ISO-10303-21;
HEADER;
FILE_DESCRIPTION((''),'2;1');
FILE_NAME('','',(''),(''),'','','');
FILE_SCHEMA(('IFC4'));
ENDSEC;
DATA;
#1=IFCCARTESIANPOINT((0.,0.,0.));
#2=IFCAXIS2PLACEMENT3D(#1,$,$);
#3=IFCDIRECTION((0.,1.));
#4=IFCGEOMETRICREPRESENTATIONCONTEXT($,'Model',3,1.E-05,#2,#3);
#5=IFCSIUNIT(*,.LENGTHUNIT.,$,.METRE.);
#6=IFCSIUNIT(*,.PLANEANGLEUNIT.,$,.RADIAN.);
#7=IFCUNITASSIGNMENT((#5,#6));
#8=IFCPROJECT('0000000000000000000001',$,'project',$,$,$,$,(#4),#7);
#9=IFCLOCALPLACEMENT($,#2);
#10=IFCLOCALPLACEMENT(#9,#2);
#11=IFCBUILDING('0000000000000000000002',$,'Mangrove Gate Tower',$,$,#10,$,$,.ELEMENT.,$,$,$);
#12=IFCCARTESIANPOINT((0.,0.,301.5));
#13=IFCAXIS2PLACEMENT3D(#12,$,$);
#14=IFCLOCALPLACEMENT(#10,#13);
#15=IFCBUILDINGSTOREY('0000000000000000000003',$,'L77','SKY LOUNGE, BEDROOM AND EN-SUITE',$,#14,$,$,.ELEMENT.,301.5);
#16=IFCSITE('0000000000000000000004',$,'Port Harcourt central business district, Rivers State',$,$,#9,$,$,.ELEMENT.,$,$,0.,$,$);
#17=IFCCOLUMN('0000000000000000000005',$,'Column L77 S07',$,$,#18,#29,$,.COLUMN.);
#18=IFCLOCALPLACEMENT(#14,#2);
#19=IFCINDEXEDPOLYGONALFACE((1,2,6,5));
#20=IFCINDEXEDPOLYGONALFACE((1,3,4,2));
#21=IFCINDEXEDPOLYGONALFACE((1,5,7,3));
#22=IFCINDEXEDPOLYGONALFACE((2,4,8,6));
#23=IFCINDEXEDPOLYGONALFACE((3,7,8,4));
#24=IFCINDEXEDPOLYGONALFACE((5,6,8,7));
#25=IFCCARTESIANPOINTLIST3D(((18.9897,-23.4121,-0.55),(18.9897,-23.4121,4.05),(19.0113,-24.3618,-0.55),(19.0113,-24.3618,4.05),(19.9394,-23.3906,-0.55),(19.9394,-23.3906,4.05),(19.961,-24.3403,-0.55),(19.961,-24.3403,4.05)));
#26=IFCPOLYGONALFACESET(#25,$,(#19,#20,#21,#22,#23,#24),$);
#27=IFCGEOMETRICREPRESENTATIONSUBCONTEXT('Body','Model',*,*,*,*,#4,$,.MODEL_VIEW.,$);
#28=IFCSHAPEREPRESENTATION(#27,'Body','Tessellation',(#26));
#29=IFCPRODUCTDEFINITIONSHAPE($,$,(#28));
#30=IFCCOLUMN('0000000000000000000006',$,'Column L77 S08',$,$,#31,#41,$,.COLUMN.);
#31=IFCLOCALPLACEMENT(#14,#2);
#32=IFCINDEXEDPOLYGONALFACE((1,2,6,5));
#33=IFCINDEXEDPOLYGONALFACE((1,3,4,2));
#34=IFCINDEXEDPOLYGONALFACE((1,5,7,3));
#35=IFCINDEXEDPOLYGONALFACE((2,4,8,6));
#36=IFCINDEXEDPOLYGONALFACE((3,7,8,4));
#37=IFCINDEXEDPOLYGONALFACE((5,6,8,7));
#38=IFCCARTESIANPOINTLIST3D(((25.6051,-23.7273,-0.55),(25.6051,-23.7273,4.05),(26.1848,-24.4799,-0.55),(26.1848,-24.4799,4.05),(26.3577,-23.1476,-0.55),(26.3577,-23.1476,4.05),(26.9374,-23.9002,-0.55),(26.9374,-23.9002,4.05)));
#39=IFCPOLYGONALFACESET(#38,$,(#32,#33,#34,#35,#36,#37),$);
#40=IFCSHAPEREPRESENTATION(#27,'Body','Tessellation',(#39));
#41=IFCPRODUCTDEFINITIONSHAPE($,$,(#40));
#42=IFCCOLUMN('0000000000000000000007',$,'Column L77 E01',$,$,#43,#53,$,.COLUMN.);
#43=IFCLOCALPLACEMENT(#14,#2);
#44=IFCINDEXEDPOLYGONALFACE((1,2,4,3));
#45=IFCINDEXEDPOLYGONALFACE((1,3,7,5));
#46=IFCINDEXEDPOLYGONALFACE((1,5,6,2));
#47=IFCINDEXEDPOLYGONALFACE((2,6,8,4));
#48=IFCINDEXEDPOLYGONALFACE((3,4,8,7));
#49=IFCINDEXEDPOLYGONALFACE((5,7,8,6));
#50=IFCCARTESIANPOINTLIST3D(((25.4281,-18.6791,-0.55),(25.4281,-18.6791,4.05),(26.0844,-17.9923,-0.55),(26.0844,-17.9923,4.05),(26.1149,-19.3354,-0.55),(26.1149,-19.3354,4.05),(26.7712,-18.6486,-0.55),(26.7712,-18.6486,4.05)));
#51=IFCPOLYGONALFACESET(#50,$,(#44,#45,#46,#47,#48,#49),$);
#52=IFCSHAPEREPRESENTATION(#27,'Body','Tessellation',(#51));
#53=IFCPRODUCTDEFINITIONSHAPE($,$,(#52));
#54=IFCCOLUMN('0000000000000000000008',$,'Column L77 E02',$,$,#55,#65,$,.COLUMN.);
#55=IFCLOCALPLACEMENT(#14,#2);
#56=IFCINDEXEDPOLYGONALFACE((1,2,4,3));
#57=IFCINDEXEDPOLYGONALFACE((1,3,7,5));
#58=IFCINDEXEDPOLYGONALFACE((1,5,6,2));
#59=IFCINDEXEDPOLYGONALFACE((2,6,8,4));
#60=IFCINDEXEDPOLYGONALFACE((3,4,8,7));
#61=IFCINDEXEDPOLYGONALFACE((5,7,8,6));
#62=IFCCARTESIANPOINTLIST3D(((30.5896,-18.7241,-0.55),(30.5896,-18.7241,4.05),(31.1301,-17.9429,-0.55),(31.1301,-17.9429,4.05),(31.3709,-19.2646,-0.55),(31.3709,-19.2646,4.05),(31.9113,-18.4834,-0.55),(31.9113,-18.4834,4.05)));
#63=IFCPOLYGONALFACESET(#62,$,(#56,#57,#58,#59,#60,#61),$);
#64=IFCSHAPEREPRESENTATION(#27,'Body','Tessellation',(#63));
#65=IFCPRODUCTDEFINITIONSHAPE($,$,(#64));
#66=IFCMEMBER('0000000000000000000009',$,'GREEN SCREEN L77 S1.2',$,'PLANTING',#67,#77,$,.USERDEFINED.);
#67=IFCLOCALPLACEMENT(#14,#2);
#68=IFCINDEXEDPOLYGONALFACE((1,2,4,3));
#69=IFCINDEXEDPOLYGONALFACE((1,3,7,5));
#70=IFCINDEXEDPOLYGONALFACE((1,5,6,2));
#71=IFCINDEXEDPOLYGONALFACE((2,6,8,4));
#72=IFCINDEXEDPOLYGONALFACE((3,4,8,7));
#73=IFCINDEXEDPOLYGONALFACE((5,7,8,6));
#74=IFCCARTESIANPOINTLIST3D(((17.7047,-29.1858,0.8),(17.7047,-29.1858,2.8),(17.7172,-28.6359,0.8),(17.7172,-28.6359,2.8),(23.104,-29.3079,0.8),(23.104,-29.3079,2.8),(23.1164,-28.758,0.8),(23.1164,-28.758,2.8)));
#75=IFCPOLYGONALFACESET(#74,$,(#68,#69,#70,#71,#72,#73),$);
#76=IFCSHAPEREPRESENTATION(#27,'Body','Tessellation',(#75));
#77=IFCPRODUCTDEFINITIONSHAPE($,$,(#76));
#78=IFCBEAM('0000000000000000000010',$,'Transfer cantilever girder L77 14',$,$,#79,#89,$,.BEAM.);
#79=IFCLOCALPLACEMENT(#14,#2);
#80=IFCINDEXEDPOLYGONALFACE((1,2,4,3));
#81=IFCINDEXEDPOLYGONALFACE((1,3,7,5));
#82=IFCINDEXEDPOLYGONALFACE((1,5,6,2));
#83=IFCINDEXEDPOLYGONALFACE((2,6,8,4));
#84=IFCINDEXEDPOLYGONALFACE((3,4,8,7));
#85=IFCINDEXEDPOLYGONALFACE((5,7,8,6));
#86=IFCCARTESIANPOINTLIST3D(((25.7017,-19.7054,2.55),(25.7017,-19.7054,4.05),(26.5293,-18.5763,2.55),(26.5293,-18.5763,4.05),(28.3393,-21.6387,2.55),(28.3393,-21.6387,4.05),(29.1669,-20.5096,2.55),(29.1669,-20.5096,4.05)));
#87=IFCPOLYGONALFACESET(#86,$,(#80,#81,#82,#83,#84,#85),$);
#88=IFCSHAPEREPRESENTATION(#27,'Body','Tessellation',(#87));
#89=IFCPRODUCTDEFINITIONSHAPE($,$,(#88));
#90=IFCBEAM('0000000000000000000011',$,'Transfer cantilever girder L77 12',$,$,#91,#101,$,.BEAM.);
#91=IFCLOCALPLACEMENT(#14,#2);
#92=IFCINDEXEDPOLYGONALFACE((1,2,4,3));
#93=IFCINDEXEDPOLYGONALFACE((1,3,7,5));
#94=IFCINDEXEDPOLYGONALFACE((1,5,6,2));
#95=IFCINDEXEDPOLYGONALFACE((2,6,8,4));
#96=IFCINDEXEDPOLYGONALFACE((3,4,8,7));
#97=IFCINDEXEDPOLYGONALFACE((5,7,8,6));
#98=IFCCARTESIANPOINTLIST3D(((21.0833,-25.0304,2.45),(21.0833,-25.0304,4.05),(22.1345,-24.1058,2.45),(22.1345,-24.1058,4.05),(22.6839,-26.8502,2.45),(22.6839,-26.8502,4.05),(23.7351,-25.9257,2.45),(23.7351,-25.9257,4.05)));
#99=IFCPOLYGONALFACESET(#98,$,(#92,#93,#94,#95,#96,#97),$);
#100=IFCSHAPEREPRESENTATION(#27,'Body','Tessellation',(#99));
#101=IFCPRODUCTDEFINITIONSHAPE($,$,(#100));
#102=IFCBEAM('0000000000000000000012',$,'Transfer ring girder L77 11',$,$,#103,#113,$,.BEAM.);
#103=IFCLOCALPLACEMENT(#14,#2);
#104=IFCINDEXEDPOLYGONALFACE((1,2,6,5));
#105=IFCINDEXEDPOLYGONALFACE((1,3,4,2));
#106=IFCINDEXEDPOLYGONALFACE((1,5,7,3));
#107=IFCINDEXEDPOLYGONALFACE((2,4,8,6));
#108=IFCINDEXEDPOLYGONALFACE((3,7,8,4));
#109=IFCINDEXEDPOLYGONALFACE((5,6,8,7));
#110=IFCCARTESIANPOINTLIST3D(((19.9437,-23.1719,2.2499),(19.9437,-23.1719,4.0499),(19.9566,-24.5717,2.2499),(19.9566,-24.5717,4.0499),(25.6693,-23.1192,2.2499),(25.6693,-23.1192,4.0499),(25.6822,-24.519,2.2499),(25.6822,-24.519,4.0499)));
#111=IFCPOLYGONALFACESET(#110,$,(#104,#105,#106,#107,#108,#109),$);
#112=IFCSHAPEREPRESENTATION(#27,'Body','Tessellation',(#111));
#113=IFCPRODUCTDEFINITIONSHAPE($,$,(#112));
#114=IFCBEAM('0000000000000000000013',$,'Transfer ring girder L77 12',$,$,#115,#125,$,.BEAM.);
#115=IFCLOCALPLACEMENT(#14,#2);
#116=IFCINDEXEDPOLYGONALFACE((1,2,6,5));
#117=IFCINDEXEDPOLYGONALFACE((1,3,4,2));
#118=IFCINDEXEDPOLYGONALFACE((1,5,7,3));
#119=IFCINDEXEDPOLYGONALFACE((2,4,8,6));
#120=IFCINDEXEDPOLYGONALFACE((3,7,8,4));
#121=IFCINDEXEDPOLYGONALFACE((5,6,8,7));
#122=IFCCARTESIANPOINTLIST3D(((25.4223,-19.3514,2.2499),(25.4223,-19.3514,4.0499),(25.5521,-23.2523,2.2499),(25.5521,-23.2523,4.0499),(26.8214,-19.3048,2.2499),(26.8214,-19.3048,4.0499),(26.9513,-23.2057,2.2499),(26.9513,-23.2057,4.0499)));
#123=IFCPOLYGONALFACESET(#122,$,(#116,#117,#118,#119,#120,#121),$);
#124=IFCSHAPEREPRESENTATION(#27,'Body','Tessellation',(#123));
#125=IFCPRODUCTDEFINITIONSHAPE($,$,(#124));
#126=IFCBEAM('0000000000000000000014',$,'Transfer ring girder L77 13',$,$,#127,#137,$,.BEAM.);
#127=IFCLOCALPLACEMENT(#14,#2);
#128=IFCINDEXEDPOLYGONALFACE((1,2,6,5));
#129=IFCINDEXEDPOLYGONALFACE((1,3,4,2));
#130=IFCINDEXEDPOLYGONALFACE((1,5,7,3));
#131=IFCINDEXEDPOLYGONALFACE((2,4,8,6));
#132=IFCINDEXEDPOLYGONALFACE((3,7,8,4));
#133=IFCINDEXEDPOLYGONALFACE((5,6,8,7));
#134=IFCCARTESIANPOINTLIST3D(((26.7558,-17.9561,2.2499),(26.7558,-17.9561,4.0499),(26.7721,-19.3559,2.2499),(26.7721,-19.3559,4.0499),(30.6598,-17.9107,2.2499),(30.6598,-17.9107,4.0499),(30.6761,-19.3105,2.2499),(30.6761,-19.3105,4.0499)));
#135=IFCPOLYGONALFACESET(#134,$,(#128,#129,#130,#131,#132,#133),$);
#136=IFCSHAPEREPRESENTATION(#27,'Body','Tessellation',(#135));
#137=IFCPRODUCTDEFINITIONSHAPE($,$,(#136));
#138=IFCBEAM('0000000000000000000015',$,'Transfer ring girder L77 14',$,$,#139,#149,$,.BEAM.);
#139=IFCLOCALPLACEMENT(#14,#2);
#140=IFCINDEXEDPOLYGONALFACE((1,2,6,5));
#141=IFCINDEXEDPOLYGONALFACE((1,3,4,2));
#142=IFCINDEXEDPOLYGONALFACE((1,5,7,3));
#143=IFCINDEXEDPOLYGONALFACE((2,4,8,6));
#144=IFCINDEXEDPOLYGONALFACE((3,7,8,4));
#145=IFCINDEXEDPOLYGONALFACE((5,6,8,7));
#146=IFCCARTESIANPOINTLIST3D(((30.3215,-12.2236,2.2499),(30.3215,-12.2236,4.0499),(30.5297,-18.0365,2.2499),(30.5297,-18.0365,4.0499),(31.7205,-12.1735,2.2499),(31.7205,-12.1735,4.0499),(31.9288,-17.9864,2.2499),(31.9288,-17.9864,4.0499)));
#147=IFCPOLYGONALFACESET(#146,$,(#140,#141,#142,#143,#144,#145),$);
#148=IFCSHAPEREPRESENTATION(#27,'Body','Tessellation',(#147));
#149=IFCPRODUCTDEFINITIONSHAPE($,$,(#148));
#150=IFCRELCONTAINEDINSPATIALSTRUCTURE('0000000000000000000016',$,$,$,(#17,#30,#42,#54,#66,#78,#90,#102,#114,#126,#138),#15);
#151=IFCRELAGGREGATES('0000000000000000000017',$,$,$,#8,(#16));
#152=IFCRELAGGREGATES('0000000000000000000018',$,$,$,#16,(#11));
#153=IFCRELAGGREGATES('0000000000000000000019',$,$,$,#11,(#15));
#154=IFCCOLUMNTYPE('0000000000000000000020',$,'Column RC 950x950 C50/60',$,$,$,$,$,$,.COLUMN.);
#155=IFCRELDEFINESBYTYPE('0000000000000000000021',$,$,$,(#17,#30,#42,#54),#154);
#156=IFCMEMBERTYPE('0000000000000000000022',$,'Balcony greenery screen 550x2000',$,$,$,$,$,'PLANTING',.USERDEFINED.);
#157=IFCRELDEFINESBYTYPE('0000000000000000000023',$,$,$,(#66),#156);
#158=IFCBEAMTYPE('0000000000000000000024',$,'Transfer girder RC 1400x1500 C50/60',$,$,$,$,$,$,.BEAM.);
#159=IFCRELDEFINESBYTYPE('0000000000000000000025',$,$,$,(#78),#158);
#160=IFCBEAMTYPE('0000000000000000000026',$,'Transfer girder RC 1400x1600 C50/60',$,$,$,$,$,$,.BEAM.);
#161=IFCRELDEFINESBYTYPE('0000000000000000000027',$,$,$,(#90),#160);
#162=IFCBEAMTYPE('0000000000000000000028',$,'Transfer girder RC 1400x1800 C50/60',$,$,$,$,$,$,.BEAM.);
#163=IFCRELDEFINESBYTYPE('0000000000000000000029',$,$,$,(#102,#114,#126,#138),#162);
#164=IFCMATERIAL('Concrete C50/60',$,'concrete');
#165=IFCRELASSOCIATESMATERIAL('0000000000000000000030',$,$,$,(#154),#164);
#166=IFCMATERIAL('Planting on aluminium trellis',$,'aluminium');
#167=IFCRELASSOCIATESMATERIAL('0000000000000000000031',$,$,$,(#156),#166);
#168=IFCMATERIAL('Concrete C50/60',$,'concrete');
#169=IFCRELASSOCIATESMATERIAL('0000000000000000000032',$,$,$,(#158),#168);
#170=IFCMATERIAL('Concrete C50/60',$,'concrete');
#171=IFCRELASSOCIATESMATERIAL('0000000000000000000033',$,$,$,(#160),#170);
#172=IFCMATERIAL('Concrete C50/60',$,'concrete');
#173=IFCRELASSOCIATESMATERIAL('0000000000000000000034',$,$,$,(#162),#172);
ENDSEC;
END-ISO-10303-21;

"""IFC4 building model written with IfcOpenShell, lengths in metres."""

from ifc_helpers import new_model, si_unit, direction, frame, origin, origin_2d, place, context, subcontext, project, spatial, rectangle, extrude, material, material_profile, profile_set, type_object, element, save


model = new_model("IFC4")

# Units and contexts
model_context = context("Model", 3, precision=1e-05, world=origin(), true_north=direction((0.0, 1.0)))
body_context = subcontext(model_context, "Body", "Model", "MODEL_VIEW")
ifc_project = project(units=[si_unit("LENGTHUNIT", "METRE"), si_unit("PLANEANGLEUNIT", "RADIAN")], contexts=[model_context])

# Site, building, storey
site_placement = place(None, origin())
site = spatial("IfcSite", under=ifc_project, at=site_placement, Name="Port Harcourt central business district, Rivers State", CompositionType="ELEMENT", RefElevation=0.0)
building_placement = place(site_placement, origin())
building = spatial("IfcBuilding", under=site, at=building_placement, Name="Mangrove Gate Tower", CompositionType="ELEMENT")
storey_placement = place(building_placement, frame((0.0, 0.0, 301.5)))
storey = spatial("IfcBuildingStorey", under=building, at=storey_placement, Name="L77", Description="SKY LOUNGE, BEDROOM AND EN-SUITE", CompositionType="ELEMENT", Elevation=301.5)

# Columns
ifc_material_1 = material(Name="Concrete C50/60", Category="concrete")
ifc_material_profile_1 = material_profile(ifc_material_1, rectangle(XDim=0.95, YDim=0.95, at=origin_2d()))
ifc_profile_set_1 = profile_set([ifc_material_profile_1], Name="Concrete C50/60")
column_type = type_object("IfcColumnType", Name="Column RC 950x950 C50/60", PredefinedType="COLUMN", material=ifc_profile_set_1)
for number, where, z_axis, x_axis, name in (
    (1, (19.4753, -23.8762, -0.55), (0.0, 0.0, 1.0), (0.999743, 0.02268, 0.0), "Column L77 S07"),
    (2, (26.2712, -23.8137, -0.55), (0.0, 0.0, 1.0), (0.792213, 0.610244, 0.0), "Column L77 S08"),
    (3, (26.0996, -18.6638, -0.55), (0.0, 0.0, 1.0), (0.690877, 0.722973, 0.0), "Column L77 E01"),
    (4, (31.2505, -18.6038, -0.55), (0.0, 0.0, 1.0), (0.568957, 0.822367, 0.0), "Column L77 E02"),
):
    element("IfcColumn", number, at=place(storey_placement, frame(where, z_axis=z_axis, x_axis=x_axis)), inside=storey, type_object=column_type, Name=name, PredefinedType="COLUMN", context=body_context, shape_type="SweptSolid", body=[
        extrude(rectangle(XDim=0.95, YDim=0.95, at=origin_2d()), origin(), (0.0, 0.0, 1.0), 4.6001),
    ])

# Member
ifc_material_2 = material(Name="Planting on aluminium trellis", Category="aluminium")
ifc_material_profile_2 = material_profile(ifc_material_2, rectangle(XDim=0.55, YDim=2.0, at=origin_2d()))
ifc_profile_set_2 = profile_set([ifc_material_profile_2], Name="Planting on aluminium trellis")
member_type = type_object("IfcMemberType", Name="Balcony greenery screen 550x2000", ElementType="PLANTING", PredefinedType="USERDEFINED", material=ifc_profile_set_2)
member_placement = place(storey_placement, frame((17.7109, -28.9109, 1.8), z_axis=(0.999745, -0.022603, 0.0), x_axis=(0.022603, 0.999745, 0.0)))
element("IfcMember", 5, at=member_placement, inside=storey, type_object=member_type, Name="GREEN SCREEN L77 S1.2", ObjectType="PLANTING", PredefinedType="USERDEFINED", context=body_context, shape_type="SweptSolid", body=[
    extrude(rectangle(XDim=0.55, YDim=2.0, at=origin_2d()), origin(), (0.0, 0.0, 1.0), 5.4006),
])

# Beams
ifc_material_3 = material(Name="Concrete C50/60", Category="concrete")
ifc_material_profile_3 = material_profile(ifc_material_3, rectangle(XDim=1.3999, YDim=1.5, at=origin_2d()))
ifc_profile_set_3 = profile_set([ifc_material_profile_3], Name="Concrete C50/60")
beam_type_1 = type_object("IfcBeamType", Name="Transfer girder RC 1400x1500 C50/60", PredefinedType="BEAM", material=ifc_profile_set_3)
beam_1_placement = place(storey_placement, frame((26.1155, -19.1409, 3.3), z_axis=(0.806545, -0.591173, 0.0), x_axis=(0.591173, 0.806545, 0.0)))
element("IfcBeam", 6, at=beam_1_placement, inside=storey, type_object=beam_type_1, Name="Transfer cantilever girder L77 14", PredefinedType="BEAM", context=body_context, shape_type="SweptSolid", body=[
    extrude(rectangle(XDim=1.3999, YDim=1.5, at=origin_2d()), origin(), (0.0, 0.0, 1.0), 3.2703),
])
ifc_material_4 = material(Name="Concrete C50/60", Category="concrete")
ifc_material_profile_4 = material_profile(ifc_material_4, rectangle(XDim=1.3999, YDim=1.6001, at=origin_2d()))
ifc_profile_set_4 = profile_set([ifc_material_profile_4], Name="Concrete C50/60")
beam_type_2 = type_object("IfcBeamType", Name="Transfer girder RC 1400x1600 C50/60", PredefinedType="BEAM", material=ifc_profile_set_4)
beam_2_placement = place(storey_placement, frame((21.6089, -24.5681, 3.25), z_axis=(0.660428, -0.750889, 0.0), x_axis=(0.750889, 0.660428, 0.0)))
element("IfcBeam", 7, at=beam_2_placement, inside=storey, type_object=beam_type_2, Name="Transfer cantilever girder L77 12", PredefinedType="BEAM", context=body_context, shape_type="SweptSolid", body=[
    extrude(rectangle(XDim=1.3999, YDim=1.6001, at=origin_2d()), origin(), (0.0, 0.0, 1.0), 2.4236),
])
ifc_material_5 = material(Name="Concrete C50/60", Category="concrete")
ifc_material_profile_5 = material_profile(ifc_material_5, rectangle(XDim=1.3999, YDim=1.8, at=origin_2d()))
ifc_profile_set_5 = profile_set([ifc_material_profile_5], Name="Concrete C50/60")
beam_type_3 = type_object("IfcBeamType", Name="Transfer girder RC 1400x1800 C50/60", PredefinedType="BEAM", material=ifc_profile_set_5)
beam_3_placement = place(storey_placement, frame((19.9502, -23.8718, 3.1499), z_axis=(0.999958, 0.00921, 0.0), x_axis=(-0.00921, 0.999958, 0.0)))
element("IfcBeam", 8, at=beam_3_placement, inside=storey, type_object=beam_type_3, Name="Transfer ring girder L77 11", PredefinedType="BEAM", context=body_context, shape_type="SweptSolid", body=[
    extrude(rectangle(XDim=1.3999, YDim=1.8, at=origin_2d()), origin(), (0.0, 0.0, 1.0), 5.7258),
])
beam_4_placement = place(storey_placement, frame((26.2517, -23.229, 3.1499), z_axis=(-0.033277, 0.999446, 0.0), x_axis=(-0.999446, -0.033277, 0.0)))
element("IfcBeam", 9, at=beam_4_placement, inside=storey, type_object=beam_type_3, Name="Transfer ring girder L77 12", PredefinedType="BEAM", context=body_context, shape_type="SweptSolid", body=[
    extrude(rectangle(XDim=1.3999, YDim=1.8, at=origin_2d()), origin(), (0.0, 0.0, 1.0), 3.9031),
])
beam_5_placement = place(storey_placement, frame((26.7639, -18.656, 3.1499), z_axis=(0.999932, 0.011631, 0.0), x_axis=(-0.011631, 0.999932, 0.0)))
element("IfcBeam", 10, at=beam_5_placement, inside=storey, type_object=beam_type_3, Name="Transfer ring girder L77 13", PredefinedType="BEAM", context=body_context, shape_type="SweptSolid", body=[
    extrude(rectangle(XDim=1.3999, YDim=1.8, at=origin_2d()), origin(), (0.0, 0.0, 1.0), 3.9043),
])
beam_6_placement = place(storey_placement, frame((31.2292, -18.0115, 3.1499), z_axis=(-0.035802, 0.999359, 0.0), x_axis=(-0.999359, -0.035802, 0.0)))
element("IfcBeam", 11, at=beam_6_placement, inside=storey, type_object=beam_type_3, Name="Transfer ring girder L77 14", PredefinedType="BEAM", context=body_context, shape_type="SweptSolid", body=[
    extrude(rectangle(XDim=1.3999, YDim=1.8, at=origin_2d()), origin(), (0.0, 0.0, 1.0), 5.8167),
])

save(model, "model.ifc")
